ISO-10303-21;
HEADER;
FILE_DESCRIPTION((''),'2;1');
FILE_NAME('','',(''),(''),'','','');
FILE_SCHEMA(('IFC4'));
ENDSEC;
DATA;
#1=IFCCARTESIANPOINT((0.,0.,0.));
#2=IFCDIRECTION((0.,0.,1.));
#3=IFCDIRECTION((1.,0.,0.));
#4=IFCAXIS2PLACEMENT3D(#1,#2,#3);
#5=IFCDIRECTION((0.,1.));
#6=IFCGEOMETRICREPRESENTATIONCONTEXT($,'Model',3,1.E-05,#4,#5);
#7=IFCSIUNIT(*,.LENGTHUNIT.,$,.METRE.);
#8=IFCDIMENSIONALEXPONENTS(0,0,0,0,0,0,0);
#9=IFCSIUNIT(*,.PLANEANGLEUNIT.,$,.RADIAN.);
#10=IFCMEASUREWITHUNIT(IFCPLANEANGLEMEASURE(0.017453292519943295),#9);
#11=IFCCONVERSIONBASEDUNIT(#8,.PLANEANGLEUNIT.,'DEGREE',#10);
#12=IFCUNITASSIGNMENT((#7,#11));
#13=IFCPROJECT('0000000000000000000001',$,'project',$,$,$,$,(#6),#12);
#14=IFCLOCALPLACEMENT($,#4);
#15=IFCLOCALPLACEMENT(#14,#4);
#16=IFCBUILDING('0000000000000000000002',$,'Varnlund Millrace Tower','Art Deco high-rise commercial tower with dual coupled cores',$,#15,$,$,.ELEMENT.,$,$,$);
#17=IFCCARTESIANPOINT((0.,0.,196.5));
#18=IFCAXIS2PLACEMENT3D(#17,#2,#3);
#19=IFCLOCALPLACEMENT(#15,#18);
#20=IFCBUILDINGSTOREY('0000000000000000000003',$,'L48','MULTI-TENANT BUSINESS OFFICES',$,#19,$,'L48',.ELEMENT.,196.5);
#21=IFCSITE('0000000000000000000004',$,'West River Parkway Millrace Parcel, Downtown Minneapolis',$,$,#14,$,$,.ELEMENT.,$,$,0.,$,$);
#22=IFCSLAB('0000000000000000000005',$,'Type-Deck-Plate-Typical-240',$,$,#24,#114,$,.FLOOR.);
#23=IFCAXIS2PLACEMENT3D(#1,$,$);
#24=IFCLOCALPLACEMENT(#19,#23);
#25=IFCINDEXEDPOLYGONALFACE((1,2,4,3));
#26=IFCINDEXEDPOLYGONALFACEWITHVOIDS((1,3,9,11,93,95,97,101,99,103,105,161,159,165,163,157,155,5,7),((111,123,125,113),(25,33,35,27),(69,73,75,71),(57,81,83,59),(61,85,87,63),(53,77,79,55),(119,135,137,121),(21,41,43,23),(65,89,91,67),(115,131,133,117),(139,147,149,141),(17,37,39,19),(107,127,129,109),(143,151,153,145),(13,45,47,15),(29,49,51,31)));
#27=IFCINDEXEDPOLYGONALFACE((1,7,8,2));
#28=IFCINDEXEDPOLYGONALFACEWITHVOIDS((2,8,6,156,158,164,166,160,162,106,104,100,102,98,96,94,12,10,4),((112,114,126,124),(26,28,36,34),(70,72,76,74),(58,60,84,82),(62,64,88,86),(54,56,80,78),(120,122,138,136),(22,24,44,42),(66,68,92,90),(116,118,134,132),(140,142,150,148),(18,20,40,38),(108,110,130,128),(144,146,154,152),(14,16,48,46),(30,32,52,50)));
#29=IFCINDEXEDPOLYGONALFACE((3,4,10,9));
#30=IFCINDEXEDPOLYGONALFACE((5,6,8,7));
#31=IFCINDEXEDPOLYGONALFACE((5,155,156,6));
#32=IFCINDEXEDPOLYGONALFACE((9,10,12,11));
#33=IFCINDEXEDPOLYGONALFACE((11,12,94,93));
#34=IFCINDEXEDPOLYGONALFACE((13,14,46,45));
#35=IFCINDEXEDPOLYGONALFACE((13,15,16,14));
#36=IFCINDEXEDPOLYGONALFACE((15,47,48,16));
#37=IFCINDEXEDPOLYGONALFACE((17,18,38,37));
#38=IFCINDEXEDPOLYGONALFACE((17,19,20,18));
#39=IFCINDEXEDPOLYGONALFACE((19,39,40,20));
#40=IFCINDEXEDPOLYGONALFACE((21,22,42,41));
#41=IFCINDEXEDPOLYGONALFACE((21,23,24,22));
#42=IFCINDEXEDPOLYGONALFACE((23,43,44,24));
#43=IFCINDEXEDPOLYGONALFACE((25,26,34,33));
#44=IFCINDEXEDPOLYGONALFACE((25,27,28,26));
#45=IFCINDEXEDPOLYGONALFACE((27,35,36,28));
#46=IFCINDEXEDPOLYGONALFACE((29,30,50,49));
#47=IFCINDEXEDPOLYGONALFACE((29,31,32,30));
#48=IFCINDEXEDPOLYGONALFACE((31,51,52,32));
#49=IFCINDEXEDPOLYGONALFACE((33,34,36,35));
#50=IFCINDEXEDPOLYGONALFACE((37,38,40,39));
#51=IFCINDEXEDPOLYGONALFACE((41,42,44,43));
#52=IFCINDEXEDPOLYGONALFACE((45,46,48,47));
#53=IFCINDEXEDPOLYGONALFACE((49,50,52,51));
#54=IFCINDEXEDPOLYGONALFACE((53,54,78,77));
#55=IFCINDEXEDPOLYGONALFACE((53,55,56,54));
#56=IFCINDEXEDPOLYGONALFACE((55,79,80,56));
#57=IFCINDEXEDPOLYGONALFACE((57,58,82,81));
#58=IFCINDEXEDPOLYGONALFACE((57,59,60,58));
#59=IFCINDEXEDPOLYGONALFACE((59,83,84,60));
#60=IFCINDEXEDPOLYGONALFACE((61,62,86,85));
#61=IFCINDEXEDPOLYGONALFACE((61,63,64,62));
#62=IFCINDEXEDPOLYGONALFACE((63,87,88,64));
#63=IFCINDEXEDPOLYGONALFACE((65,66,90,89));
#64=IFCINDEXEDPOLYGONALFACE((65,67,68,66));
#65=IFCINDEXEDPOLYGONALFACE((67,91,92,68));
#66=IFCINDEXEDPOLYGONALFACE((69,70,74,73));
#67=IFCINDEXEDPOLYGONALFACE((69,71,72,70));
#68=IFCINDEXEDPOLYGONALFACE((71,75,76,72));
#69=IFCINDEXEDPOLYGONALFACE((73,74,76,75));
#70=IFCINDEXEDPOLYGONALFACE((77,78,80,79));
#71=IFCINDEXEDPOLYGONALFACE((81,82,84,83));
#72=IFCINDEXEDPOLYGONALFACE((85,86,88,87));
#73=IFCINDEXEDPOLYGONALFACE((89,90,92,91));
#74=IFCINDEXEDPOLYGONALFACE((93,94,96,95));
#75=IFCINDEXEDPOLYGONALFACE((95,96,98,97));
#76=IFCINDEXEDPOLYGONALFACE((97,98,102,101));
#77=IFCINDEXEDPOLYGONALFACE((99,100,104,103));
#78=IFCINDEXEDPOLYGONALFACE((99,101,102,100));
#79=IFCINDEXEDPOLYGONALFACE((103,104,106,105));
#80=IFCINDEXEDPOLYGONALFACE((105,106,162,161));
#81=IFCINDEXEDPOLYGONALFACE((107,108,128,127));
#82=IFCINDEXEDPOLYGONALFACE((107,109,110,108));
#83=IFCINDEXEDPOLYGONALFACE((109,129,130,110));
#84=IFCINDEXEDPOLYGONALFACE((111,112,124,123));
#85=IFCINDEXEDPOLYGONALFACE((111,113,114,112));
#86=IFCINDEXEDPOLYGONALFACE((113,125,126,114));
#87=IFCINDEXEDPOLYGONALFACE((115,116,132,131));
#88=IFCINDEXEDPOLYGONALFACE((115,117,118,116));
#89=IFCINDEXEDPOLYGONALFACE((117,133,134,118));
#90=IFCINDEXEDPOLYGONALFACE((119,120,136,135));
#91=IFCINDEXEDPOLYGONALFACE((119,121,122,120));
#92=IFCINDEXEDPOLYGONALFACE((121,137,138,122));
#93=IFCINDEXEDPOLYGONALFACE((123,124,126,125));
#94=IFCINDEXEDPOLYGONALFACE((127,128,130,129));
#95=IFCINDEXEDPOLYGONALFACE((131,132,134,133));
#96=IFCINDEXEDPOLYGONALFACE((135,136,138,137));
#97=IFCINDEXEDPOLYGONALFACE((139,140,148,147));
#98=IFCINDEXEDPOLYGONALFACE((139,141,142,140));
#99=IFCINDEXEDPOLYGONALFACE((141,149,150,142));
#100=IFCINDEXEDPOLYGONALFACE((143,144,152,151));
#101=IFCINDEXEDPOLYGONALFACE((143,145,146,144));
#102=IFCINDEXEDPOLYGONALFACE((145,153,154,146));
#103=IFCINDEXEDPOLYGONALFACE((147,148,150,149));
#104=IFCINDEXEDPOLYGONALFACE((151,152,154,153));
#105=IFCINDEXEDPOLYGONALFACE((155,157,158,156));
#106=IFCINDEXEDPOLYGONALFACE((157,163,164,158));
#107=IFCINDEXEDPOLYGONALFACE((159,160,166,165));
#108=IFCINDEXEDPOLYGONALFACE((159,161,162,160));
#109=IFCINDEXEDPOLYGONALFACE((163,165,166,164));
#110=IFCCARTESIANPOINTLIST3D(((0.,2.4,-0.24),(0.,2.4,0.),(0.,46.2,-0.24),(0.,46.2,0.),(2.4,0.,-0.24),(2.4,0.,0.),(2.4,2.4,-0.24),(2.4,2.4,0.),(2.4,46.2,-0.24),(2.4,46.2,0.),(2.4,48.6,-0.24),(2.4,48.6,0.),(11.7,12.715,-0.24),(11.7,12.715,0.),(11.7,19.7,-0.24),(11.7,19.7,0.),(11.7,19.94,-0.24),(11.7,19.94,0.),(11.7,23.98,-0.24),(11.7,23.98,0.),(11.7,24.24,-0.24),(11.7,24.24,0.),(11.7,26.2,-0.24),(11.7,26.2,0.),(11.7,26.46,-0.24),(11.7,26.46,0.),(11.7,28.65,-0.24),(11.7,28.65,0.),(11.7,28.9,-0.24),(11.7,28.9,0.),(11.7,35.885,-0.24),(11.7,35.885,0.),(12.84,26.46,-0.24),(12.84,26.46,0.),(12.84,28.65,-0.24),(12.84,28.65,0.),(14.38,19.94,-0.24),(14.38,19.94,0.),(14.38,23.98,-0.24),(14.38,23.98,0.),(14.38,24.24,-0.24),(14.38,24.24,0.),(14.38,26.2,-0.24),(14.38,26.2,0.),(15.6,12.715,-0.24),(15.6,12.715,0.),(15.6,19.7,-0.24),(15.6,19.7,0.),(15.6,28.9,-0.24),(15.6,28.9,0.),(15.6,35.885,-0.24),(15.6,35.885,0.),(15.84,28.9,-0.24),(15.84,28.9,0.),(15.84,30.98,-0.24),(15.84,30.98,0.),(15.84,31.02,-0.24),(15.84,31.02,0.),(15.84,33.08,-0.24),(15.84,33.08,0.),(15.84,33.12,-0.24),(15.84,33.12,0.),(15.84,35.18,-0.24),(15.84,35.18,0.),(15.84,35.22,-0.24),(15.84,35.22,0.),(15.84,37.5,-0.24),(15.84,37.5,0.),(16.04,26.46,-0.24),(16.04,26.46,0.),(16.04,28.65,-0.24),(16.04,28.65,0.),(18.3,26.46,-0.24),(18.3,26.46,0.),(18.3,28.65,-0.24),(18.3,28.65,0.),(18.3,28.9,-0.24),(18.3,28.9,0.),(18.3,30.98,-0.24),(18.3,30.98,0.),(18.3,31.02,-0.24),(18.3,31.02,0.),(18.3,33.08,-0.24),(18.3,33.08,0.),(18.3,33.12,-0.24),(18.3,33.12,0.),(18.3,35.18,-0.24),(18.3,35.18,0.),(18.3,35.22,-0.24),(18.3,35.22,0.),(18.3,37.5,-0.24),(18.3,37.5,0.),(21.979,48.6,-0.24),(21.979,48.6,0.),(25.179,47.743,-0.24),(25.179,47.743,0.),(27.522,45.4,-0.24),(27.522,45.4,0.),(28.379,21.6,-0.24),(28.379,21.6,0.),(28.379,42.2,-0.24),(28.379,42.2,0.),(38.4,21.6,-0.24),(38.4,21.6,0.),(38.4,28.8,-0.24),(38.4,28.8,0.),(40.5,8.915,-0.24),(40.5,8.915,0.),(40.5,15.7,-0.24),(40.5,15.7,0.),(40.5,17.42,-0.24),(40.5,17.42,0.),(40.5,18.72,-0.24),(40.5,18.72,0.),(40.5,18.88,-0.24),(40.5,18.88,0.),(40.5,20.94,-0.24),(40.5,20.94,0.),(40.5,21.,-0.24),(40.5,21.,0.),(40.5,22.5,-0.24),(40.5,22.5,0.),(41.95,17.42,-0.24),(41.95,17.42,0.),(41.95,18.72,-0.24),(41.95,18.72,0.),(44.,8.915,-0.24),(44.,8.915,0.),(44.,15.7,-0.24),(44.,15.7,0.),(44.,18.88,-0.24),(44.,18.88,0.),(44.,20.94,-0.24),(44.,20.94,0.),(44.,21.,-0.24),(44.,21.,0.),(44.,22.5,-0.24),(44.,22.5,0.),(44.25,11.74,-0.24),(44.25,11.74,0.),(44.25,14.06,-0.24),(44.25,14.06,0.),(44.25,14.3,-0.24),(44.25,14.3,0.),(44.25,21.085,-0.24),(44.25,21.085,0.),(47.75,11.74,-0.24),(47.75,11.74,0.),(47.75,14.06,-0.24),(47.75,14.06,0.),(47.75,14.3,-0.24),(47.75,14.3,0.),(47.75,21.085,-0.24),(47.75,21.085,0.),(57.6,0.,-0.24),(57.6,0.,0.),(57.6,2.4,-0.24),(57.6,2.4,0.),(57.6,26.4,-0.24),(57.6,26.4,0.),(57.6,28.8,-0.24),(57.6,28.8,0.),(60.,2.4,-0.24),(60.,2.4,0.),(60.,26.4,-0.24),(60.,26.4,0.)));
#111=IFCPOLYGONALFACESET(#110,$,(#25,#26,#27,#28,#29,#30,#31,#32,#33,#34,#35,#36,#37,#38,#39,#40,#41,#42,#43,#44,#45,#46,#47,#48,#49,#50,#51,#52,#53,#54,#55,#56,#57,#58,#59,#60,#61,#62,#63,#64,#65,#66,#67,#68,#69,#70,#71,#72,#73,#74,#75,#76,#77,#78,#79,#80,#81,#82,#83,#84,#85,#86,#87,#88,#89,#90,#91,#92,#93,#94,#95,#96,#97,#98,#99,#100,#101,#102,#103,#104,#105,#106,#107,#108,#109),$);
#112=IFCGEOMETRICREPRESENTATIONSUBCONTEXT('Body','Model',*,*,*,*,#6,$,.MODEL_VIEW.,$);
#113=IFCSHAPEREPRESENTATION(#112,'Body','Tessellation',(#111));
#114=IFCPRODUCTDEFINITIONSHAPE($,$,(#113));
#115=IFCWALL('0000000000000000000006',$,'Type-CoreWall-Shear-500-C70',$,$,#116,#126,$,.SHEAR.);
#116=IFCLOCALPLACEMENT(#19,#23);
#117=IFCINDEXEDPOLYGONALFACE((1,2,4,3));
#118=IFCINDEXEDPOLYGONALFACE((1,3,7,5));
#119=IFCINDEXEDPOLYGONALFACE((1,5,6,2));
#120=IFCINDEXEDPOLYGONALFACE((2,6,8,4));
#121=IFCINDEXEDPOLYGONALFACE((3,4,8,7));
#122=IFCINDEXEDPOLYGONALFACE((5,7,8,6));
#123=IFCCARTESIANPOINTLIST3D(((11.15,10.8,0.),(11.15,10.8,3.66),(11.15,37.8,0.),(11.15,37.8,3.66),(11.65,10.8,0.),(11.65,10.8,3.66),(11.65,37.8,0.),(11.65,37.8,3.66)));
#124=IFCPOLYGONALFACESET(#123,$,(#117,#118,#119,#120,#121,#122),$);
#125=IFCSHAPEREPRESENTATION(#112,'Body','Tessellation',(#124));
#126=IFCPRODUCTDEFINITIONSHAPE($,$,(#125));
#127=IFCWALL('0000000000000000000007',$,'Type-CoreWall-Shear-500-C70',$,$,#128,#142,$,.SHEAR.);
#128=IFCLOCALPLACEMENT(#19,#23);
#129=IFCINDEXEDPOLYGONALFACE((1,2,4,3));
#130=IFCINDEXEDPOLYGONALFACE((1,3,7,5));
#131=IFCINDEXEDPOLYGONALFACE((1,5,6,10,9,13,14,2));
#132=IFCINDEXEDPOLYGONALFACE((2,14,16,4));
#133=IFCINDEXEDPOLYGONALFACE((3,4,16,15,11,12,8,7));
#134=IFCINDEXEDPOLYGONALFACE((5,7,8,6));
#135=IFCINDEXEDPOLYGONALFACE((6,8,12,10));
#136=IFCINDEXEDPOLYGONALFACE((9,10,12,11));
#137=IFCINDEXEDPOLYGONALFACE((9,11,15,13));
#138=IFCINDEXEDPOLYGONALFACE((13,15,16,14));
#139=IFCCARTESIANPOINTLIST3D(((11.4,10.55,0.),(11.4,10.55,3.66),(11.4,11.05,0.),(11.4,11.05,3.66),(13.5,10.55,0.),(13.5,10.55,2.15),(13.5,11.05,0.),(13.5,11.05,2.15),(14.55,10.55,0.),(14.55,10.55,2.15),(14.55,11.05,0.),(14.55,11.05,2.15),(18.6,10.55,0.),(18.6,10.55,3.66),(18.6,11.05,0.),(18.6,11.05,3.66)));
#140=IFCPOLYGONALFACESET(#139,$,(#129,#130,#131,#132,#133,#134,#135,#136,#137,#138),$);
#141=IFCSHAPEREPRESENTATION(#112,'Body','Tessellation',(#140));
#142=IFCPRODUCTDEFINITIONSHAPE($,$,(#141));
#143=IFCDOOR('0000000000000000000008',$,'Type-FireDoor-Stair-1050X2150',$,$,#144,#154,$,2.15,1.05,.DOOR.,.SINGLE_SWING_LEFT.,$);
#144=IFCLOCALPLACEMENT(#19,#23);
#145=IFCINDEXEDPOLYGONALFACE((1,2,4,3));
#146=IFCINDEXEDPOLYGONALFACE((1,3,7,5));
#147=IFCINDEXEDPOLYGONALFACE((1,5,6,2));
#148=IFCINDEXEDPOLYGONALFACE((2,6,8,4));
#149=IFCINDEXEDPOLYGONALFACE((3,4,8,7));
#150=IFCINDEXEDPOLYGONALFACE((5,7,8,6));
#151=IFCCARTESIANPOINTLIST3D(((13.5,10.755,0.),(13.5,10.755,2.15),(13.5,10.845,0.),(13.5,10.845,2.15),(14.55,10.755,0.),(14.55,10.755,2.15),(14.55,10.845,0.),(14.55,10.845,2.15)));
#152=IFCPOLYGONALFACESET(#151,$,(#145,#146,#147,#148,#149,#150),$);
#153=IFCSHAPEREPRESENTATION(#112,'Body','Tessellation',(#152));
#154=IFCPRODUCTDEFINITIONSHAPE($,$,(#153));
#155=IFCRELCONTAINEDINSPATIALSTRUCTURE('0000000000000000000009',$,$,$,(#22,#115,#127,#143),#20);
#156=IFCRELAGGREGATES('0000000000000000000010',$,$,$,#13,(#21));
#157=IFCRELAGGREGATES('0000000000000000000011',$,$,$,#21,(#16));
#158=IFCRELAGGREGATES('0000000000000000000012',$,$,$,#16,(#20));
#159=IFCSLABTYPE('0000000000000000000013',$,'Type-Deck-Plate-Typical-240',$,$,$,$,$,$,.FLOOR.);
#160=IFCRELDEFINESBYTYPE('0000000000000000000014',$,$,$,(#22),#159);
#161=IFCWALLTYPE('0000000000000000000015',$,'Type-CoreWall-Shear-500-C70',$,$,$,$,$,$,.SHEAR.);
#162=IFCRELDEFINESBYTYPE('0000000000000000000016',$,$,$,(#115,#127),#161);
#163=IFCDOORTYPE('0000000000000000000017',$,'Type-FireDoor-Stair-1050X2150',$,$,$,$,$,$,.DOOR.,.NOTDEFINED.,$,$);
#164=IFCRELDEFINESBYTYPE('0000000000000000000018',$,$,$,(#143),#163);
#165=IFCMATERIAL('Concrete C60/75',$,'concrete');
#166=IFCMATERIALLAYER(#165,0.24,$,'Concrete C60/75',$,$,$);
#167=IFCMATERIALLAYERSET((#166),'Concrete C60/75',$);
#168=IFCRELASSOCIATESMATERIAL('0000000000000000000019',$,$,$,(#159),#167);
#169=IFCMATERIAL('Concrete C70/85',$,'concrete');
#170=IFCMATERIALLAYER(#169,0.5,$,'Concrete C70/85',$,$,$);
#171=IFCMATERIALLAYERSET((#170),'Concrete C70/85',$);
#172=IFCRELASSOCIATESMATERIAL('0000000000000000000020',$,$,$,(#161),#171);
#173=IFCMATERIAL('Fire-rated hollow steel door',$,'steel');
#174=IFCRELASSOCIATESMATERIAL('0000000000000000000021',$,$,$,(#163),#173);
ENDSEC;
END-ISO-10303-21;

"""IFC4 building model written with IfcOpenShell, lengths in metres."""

from ifc_helpers import new_model, entity, si_unit, converted_unit, direction, frame, origin_with_axes, origin_2d_with_axis, place, context, subcontext, project, spatial, polyline, rectangle, outline, extrude, material, layer, layer_set, type_object, element, fill, save


model = new_model("IFC4")

# Units and contexts
model_context = context("Model", 3, precision=1e-05, world=origin_with_axes(), true_north=direction((0.0, 1.0)))
body_context = subcontext(model_context, "Body", "Model", "MODEL_VIEW")
ifc_project = project(units=[si_unit("LENGTHUNIT", "METRE"), converted_unit("PLANEANGLEUNIT", "DEGREE", entity("IfcPlaneAngleMeasure", 0.017453292519943295), si_unit("PLANEANGLEUNIT", "RADIAN"), dimensions=[0, 0, 0, 0, 0, 0, 0])], contexts=[model_context])

# Site, building, storey
site_placement = place(None, origin_with_axes())
site = spatial("IfcSite", under=ifc_project, at=site_placement, Name="West River Parkway Millrace Parcel, Downtown Minneapolis", CompositionType="ELEMENT", RefElevation=0.0)
building_placement = place(site_placement, origin_with_axes())
building = spatial("IfcBuilding", under=site, at=building_placement, Name="Varnlund Millrace Tower", Description="Art Deco high-rise commercial tower with dual coupled cores", CompositionType="ELEMENT")
storey_placement = place(building_placement, frame((0.0, 0.0, 196.5), z_axis=(0.0, 0.0, 1.0), x_axis=(1.0, 0.0, 0.0)))
storey = spatial("IfcBuildingStorey", under=building, at=storey_placement, Name="L48", Description="MULTI-TENANT BUSINESS OFFICES", LongName="L48", CompositionType="ELEMENT", Elevation=196.5)

# Slab
ifc_material_1 = material(Name="Concrete C60/75", Category="concrete")
ifc_layer_1 = layer(ifc_material_1, 0.24, Name="Concrete C60/75")
ifc_layer_set_1 = layer_set([ifc_layer_1], Name="Concrete C60/75")
slab_type = type_object("IfcSlabType", Name="Type-Deck-Plate-Typical-240", PredefinedType="FLOOR", material=ifc_layer_set_1)
slab_placement = place(storey_placement, frame((0.0, 0.0, -0.24), z_axis=(0.0, 0.0, 1.0), x_axis=(1.0, 0.0, 0.0)))
element("IfcSlab", 1, at=slab_placement, inside=storey, type_object=slab_type, Name="Type-Deck-Plate-Typical-240", PredefinedType="FLOOR", context=body_context, shape_type="SweptSolid", body=[
    extrude(outline(polyline([(28.379, 21.6), (28.379, 42.2), (27.522, 45.4), (25.179, 47.743), (21.979, 48.6), (2.4, 48.6), (2.4, 46.2), (0.0, 46.2), (0.0, 2.4), (2.4, 2.4), (2.4, 0.0), (57.6, 0.0), (57.6, 2.4), (60.0, 2.4), (60.0, 26.4), (57.6, 26.4), (57.6, 28.8), (38.4, 28.8), (38.4, 21.6), (28.379, 21.6)]), holes=[polyline([(15.6, 12.715), (11.7, 12.715), (11.7, 19.7), (15.6, 19.7), (15.6, 12.715)]), polyline([(14.38, 23.98), (14.38, 19.94), (11.7, 19.94), (11.7, 23.98), (14.38, 23.98)]), polyline([(14.38, 24.24), (11.7, 24.24), (11.7, 26.2), (14.38, 26.2), (14.38, 24.24)]), polyline([(12.84, 26.46), (11.7, 26.46), (11.7, 28.65), (12.84, 28.65), (12.84, 26.46)]), polyline([(18.3, 28.9), (15.84, 28.9), (15.84, 30.98), (18.3, 30.98), (18.3, 28.9)]), polyline([(18.3, 31.02), (15.84, 31.02), (15.84, 33.08), (18.3, 33.08), (18.3, 31.02)]), polyline([(15.6, 28.9), (11.7, 28.9), (11.7, 35.885), (15.6, 35.885), (15.6, 28.9)]), polyline([(18.3, 33.12), (15.84, 33.12), (15.84, 35.18), (18.3, 35.18), (18.3, 33.12)]), polyline([(44.0, 8.915), (40.5, 8.915), (40.5, 15.7), (44.0, 15.7), (44.0, 8.915)]), polyline([(47.75, 11.74), (44.25, 11.74), (44.25, 14.06), (47.75, 14.06), (47.75, 11.74)]), polyline([(47.75, 14.3), (44.25, 14.3), (44.25, 21.085), (47.75, 21.085), (47.75, 14.3)]), polyline([(41.95, 17.42), (40.5, 17.42), (40.5, 18.72), (41.95, 18.72), (41.95, 17.42)]), polyline([(44.0, 18.88), (40.5, 18.88), (40.5, 20.94), (44.0, 20.94), (44.0, 18.88)]), polyline([(44.0, 21.0), (40.5, 21.0), (40.5, 22.5), (44.0, 22.5), (44.0, 21.0)]), polyline([(16.04, 26.46), (16.04, 28.65), (18.3, 28.65), (18.3, 26.46), (16.04, 26.46)]), polyline([(15.84, 35.22), (15.84, 37.5), (18.3, 37.5), (18.3, 35.22), (15.84, 35.22)])]), origin_with_axes(), (0.0, 0.0, 1.0), 0.24),
])

# Wall
ifc_material_2 = material(Name="Concrete C70/85", Category="concrete")
ifc_layer_2 = layer(ifc_material_2, 0.5, Name="Concrete C70/85")
ifc_layer_set_2 = layer_set([ifc_layer_2], Name="Concrete C70/85")
wall_type_1 = type_object("IfcWallType", Name="Type-CoreWall-Shear-500-C70", PredefinedType="SHEAR", material=ifc_layer_set_2)
wall_1_placement = place(storey_placement, frame((11.4, 10.8, 0.0), z_axis=(0.0, 0.0, 1.0), x_axis=(0.0, 1.0, 0.0)))
element("IfcWall", 2, at=wall_1_placement, inside=storey, type_object=wall_type_1, Name="Type-CoreWall-Shear-500-C70", PredefinedType="SHEAR", context=body_context, shape_type="SweptSolid", body=[
    extrude(outline(polyline([(0.0, -0.25), (27.0, -0.25), (27.0, 0.25), (0.0, 0.25), (0.0, -0.25)])), origin_with_axes(), (0.0, 0.0, 1.0), 3.66),
])

# Wall, opening, door
wall_2_placement = place(storey_placement, frame((11.4, 10.8, 0.0), z_axis=(0.0, 0.0, 1.0), x_axis=(1.0, 0.0, 0.0)))
wall_2 = element("IfcWall", 3, at=wall_2_placement, inside=storey, type_object=wall_type_1, Name="Type-CoreWall-Shear-500-C70", PredefinedType="SHEAR", context=body_context, shape_type="SweptSolid", body=[
    extrude(outline(polyline([(0.0, -0.25), (7.2, -0.25), (7.2, 0.25), (0.0, 0.25), (0.0, -0.25)])), origin_with_axes(), (0.0, 0.0, 1.0), 3.66),
])
opening_1_placement = place(wall_2_placement, frame((2.625, 0.0, 0.0), z_axis=(0.0, 0.0, 1.0), x_axis=(1.0, 0.0, 0.0)))
opening_1 = element("IfcOpeningElement", 4, at=opening_1_placement, cuts=wall_2, PredefinedType="OPENING", context=body_context, shape_type="SweptSolid", body=[
    extrude(rectangle(XDim=1.05, YDim=0.52, at=origin_2d_with_axis()), origin_with_axes(), (0.0, 0.0, 1.0), 2.15),
])
ifc_material_3 = material(Name="Fire-rated hollow steel door", Category="steel")
door_type_1 = type_object("IfcDoorType", Name="Type-FireDoor-Stair-1050X2150", OperationType="NOTDEFINED", PredefinedType="DOOR", material=ifc_material_3)
door_1_placement = place(wall_2_placement, frame((2.625, 0.0, 0.0), z_axis=(0.0, 0.0, 1.0), x_axis=(1.0, 0.0, 0.0)))
door_1 = element("IfcDoor", 5, at=door_1_placement, inside=storey, type_object=door_type_1, Name="Type-FireDoor-Stair-1050X2150", OperationType="SINGLE_SWING_LEFT", OverallHeight=2.15, OverallWidth=1.05, PredefinedType="DOOR", context=body_context, shape_type="SweptSolid", body=[
    extrude(rectangle(XDim=1.05, YDim=0.09, at=origin_2d_with_axis()), origin_with_axes(), (0.0, 0.0, 1.0), 2.15),
])
fill(opening_1, door_1)

save(model, "model.ifc")
